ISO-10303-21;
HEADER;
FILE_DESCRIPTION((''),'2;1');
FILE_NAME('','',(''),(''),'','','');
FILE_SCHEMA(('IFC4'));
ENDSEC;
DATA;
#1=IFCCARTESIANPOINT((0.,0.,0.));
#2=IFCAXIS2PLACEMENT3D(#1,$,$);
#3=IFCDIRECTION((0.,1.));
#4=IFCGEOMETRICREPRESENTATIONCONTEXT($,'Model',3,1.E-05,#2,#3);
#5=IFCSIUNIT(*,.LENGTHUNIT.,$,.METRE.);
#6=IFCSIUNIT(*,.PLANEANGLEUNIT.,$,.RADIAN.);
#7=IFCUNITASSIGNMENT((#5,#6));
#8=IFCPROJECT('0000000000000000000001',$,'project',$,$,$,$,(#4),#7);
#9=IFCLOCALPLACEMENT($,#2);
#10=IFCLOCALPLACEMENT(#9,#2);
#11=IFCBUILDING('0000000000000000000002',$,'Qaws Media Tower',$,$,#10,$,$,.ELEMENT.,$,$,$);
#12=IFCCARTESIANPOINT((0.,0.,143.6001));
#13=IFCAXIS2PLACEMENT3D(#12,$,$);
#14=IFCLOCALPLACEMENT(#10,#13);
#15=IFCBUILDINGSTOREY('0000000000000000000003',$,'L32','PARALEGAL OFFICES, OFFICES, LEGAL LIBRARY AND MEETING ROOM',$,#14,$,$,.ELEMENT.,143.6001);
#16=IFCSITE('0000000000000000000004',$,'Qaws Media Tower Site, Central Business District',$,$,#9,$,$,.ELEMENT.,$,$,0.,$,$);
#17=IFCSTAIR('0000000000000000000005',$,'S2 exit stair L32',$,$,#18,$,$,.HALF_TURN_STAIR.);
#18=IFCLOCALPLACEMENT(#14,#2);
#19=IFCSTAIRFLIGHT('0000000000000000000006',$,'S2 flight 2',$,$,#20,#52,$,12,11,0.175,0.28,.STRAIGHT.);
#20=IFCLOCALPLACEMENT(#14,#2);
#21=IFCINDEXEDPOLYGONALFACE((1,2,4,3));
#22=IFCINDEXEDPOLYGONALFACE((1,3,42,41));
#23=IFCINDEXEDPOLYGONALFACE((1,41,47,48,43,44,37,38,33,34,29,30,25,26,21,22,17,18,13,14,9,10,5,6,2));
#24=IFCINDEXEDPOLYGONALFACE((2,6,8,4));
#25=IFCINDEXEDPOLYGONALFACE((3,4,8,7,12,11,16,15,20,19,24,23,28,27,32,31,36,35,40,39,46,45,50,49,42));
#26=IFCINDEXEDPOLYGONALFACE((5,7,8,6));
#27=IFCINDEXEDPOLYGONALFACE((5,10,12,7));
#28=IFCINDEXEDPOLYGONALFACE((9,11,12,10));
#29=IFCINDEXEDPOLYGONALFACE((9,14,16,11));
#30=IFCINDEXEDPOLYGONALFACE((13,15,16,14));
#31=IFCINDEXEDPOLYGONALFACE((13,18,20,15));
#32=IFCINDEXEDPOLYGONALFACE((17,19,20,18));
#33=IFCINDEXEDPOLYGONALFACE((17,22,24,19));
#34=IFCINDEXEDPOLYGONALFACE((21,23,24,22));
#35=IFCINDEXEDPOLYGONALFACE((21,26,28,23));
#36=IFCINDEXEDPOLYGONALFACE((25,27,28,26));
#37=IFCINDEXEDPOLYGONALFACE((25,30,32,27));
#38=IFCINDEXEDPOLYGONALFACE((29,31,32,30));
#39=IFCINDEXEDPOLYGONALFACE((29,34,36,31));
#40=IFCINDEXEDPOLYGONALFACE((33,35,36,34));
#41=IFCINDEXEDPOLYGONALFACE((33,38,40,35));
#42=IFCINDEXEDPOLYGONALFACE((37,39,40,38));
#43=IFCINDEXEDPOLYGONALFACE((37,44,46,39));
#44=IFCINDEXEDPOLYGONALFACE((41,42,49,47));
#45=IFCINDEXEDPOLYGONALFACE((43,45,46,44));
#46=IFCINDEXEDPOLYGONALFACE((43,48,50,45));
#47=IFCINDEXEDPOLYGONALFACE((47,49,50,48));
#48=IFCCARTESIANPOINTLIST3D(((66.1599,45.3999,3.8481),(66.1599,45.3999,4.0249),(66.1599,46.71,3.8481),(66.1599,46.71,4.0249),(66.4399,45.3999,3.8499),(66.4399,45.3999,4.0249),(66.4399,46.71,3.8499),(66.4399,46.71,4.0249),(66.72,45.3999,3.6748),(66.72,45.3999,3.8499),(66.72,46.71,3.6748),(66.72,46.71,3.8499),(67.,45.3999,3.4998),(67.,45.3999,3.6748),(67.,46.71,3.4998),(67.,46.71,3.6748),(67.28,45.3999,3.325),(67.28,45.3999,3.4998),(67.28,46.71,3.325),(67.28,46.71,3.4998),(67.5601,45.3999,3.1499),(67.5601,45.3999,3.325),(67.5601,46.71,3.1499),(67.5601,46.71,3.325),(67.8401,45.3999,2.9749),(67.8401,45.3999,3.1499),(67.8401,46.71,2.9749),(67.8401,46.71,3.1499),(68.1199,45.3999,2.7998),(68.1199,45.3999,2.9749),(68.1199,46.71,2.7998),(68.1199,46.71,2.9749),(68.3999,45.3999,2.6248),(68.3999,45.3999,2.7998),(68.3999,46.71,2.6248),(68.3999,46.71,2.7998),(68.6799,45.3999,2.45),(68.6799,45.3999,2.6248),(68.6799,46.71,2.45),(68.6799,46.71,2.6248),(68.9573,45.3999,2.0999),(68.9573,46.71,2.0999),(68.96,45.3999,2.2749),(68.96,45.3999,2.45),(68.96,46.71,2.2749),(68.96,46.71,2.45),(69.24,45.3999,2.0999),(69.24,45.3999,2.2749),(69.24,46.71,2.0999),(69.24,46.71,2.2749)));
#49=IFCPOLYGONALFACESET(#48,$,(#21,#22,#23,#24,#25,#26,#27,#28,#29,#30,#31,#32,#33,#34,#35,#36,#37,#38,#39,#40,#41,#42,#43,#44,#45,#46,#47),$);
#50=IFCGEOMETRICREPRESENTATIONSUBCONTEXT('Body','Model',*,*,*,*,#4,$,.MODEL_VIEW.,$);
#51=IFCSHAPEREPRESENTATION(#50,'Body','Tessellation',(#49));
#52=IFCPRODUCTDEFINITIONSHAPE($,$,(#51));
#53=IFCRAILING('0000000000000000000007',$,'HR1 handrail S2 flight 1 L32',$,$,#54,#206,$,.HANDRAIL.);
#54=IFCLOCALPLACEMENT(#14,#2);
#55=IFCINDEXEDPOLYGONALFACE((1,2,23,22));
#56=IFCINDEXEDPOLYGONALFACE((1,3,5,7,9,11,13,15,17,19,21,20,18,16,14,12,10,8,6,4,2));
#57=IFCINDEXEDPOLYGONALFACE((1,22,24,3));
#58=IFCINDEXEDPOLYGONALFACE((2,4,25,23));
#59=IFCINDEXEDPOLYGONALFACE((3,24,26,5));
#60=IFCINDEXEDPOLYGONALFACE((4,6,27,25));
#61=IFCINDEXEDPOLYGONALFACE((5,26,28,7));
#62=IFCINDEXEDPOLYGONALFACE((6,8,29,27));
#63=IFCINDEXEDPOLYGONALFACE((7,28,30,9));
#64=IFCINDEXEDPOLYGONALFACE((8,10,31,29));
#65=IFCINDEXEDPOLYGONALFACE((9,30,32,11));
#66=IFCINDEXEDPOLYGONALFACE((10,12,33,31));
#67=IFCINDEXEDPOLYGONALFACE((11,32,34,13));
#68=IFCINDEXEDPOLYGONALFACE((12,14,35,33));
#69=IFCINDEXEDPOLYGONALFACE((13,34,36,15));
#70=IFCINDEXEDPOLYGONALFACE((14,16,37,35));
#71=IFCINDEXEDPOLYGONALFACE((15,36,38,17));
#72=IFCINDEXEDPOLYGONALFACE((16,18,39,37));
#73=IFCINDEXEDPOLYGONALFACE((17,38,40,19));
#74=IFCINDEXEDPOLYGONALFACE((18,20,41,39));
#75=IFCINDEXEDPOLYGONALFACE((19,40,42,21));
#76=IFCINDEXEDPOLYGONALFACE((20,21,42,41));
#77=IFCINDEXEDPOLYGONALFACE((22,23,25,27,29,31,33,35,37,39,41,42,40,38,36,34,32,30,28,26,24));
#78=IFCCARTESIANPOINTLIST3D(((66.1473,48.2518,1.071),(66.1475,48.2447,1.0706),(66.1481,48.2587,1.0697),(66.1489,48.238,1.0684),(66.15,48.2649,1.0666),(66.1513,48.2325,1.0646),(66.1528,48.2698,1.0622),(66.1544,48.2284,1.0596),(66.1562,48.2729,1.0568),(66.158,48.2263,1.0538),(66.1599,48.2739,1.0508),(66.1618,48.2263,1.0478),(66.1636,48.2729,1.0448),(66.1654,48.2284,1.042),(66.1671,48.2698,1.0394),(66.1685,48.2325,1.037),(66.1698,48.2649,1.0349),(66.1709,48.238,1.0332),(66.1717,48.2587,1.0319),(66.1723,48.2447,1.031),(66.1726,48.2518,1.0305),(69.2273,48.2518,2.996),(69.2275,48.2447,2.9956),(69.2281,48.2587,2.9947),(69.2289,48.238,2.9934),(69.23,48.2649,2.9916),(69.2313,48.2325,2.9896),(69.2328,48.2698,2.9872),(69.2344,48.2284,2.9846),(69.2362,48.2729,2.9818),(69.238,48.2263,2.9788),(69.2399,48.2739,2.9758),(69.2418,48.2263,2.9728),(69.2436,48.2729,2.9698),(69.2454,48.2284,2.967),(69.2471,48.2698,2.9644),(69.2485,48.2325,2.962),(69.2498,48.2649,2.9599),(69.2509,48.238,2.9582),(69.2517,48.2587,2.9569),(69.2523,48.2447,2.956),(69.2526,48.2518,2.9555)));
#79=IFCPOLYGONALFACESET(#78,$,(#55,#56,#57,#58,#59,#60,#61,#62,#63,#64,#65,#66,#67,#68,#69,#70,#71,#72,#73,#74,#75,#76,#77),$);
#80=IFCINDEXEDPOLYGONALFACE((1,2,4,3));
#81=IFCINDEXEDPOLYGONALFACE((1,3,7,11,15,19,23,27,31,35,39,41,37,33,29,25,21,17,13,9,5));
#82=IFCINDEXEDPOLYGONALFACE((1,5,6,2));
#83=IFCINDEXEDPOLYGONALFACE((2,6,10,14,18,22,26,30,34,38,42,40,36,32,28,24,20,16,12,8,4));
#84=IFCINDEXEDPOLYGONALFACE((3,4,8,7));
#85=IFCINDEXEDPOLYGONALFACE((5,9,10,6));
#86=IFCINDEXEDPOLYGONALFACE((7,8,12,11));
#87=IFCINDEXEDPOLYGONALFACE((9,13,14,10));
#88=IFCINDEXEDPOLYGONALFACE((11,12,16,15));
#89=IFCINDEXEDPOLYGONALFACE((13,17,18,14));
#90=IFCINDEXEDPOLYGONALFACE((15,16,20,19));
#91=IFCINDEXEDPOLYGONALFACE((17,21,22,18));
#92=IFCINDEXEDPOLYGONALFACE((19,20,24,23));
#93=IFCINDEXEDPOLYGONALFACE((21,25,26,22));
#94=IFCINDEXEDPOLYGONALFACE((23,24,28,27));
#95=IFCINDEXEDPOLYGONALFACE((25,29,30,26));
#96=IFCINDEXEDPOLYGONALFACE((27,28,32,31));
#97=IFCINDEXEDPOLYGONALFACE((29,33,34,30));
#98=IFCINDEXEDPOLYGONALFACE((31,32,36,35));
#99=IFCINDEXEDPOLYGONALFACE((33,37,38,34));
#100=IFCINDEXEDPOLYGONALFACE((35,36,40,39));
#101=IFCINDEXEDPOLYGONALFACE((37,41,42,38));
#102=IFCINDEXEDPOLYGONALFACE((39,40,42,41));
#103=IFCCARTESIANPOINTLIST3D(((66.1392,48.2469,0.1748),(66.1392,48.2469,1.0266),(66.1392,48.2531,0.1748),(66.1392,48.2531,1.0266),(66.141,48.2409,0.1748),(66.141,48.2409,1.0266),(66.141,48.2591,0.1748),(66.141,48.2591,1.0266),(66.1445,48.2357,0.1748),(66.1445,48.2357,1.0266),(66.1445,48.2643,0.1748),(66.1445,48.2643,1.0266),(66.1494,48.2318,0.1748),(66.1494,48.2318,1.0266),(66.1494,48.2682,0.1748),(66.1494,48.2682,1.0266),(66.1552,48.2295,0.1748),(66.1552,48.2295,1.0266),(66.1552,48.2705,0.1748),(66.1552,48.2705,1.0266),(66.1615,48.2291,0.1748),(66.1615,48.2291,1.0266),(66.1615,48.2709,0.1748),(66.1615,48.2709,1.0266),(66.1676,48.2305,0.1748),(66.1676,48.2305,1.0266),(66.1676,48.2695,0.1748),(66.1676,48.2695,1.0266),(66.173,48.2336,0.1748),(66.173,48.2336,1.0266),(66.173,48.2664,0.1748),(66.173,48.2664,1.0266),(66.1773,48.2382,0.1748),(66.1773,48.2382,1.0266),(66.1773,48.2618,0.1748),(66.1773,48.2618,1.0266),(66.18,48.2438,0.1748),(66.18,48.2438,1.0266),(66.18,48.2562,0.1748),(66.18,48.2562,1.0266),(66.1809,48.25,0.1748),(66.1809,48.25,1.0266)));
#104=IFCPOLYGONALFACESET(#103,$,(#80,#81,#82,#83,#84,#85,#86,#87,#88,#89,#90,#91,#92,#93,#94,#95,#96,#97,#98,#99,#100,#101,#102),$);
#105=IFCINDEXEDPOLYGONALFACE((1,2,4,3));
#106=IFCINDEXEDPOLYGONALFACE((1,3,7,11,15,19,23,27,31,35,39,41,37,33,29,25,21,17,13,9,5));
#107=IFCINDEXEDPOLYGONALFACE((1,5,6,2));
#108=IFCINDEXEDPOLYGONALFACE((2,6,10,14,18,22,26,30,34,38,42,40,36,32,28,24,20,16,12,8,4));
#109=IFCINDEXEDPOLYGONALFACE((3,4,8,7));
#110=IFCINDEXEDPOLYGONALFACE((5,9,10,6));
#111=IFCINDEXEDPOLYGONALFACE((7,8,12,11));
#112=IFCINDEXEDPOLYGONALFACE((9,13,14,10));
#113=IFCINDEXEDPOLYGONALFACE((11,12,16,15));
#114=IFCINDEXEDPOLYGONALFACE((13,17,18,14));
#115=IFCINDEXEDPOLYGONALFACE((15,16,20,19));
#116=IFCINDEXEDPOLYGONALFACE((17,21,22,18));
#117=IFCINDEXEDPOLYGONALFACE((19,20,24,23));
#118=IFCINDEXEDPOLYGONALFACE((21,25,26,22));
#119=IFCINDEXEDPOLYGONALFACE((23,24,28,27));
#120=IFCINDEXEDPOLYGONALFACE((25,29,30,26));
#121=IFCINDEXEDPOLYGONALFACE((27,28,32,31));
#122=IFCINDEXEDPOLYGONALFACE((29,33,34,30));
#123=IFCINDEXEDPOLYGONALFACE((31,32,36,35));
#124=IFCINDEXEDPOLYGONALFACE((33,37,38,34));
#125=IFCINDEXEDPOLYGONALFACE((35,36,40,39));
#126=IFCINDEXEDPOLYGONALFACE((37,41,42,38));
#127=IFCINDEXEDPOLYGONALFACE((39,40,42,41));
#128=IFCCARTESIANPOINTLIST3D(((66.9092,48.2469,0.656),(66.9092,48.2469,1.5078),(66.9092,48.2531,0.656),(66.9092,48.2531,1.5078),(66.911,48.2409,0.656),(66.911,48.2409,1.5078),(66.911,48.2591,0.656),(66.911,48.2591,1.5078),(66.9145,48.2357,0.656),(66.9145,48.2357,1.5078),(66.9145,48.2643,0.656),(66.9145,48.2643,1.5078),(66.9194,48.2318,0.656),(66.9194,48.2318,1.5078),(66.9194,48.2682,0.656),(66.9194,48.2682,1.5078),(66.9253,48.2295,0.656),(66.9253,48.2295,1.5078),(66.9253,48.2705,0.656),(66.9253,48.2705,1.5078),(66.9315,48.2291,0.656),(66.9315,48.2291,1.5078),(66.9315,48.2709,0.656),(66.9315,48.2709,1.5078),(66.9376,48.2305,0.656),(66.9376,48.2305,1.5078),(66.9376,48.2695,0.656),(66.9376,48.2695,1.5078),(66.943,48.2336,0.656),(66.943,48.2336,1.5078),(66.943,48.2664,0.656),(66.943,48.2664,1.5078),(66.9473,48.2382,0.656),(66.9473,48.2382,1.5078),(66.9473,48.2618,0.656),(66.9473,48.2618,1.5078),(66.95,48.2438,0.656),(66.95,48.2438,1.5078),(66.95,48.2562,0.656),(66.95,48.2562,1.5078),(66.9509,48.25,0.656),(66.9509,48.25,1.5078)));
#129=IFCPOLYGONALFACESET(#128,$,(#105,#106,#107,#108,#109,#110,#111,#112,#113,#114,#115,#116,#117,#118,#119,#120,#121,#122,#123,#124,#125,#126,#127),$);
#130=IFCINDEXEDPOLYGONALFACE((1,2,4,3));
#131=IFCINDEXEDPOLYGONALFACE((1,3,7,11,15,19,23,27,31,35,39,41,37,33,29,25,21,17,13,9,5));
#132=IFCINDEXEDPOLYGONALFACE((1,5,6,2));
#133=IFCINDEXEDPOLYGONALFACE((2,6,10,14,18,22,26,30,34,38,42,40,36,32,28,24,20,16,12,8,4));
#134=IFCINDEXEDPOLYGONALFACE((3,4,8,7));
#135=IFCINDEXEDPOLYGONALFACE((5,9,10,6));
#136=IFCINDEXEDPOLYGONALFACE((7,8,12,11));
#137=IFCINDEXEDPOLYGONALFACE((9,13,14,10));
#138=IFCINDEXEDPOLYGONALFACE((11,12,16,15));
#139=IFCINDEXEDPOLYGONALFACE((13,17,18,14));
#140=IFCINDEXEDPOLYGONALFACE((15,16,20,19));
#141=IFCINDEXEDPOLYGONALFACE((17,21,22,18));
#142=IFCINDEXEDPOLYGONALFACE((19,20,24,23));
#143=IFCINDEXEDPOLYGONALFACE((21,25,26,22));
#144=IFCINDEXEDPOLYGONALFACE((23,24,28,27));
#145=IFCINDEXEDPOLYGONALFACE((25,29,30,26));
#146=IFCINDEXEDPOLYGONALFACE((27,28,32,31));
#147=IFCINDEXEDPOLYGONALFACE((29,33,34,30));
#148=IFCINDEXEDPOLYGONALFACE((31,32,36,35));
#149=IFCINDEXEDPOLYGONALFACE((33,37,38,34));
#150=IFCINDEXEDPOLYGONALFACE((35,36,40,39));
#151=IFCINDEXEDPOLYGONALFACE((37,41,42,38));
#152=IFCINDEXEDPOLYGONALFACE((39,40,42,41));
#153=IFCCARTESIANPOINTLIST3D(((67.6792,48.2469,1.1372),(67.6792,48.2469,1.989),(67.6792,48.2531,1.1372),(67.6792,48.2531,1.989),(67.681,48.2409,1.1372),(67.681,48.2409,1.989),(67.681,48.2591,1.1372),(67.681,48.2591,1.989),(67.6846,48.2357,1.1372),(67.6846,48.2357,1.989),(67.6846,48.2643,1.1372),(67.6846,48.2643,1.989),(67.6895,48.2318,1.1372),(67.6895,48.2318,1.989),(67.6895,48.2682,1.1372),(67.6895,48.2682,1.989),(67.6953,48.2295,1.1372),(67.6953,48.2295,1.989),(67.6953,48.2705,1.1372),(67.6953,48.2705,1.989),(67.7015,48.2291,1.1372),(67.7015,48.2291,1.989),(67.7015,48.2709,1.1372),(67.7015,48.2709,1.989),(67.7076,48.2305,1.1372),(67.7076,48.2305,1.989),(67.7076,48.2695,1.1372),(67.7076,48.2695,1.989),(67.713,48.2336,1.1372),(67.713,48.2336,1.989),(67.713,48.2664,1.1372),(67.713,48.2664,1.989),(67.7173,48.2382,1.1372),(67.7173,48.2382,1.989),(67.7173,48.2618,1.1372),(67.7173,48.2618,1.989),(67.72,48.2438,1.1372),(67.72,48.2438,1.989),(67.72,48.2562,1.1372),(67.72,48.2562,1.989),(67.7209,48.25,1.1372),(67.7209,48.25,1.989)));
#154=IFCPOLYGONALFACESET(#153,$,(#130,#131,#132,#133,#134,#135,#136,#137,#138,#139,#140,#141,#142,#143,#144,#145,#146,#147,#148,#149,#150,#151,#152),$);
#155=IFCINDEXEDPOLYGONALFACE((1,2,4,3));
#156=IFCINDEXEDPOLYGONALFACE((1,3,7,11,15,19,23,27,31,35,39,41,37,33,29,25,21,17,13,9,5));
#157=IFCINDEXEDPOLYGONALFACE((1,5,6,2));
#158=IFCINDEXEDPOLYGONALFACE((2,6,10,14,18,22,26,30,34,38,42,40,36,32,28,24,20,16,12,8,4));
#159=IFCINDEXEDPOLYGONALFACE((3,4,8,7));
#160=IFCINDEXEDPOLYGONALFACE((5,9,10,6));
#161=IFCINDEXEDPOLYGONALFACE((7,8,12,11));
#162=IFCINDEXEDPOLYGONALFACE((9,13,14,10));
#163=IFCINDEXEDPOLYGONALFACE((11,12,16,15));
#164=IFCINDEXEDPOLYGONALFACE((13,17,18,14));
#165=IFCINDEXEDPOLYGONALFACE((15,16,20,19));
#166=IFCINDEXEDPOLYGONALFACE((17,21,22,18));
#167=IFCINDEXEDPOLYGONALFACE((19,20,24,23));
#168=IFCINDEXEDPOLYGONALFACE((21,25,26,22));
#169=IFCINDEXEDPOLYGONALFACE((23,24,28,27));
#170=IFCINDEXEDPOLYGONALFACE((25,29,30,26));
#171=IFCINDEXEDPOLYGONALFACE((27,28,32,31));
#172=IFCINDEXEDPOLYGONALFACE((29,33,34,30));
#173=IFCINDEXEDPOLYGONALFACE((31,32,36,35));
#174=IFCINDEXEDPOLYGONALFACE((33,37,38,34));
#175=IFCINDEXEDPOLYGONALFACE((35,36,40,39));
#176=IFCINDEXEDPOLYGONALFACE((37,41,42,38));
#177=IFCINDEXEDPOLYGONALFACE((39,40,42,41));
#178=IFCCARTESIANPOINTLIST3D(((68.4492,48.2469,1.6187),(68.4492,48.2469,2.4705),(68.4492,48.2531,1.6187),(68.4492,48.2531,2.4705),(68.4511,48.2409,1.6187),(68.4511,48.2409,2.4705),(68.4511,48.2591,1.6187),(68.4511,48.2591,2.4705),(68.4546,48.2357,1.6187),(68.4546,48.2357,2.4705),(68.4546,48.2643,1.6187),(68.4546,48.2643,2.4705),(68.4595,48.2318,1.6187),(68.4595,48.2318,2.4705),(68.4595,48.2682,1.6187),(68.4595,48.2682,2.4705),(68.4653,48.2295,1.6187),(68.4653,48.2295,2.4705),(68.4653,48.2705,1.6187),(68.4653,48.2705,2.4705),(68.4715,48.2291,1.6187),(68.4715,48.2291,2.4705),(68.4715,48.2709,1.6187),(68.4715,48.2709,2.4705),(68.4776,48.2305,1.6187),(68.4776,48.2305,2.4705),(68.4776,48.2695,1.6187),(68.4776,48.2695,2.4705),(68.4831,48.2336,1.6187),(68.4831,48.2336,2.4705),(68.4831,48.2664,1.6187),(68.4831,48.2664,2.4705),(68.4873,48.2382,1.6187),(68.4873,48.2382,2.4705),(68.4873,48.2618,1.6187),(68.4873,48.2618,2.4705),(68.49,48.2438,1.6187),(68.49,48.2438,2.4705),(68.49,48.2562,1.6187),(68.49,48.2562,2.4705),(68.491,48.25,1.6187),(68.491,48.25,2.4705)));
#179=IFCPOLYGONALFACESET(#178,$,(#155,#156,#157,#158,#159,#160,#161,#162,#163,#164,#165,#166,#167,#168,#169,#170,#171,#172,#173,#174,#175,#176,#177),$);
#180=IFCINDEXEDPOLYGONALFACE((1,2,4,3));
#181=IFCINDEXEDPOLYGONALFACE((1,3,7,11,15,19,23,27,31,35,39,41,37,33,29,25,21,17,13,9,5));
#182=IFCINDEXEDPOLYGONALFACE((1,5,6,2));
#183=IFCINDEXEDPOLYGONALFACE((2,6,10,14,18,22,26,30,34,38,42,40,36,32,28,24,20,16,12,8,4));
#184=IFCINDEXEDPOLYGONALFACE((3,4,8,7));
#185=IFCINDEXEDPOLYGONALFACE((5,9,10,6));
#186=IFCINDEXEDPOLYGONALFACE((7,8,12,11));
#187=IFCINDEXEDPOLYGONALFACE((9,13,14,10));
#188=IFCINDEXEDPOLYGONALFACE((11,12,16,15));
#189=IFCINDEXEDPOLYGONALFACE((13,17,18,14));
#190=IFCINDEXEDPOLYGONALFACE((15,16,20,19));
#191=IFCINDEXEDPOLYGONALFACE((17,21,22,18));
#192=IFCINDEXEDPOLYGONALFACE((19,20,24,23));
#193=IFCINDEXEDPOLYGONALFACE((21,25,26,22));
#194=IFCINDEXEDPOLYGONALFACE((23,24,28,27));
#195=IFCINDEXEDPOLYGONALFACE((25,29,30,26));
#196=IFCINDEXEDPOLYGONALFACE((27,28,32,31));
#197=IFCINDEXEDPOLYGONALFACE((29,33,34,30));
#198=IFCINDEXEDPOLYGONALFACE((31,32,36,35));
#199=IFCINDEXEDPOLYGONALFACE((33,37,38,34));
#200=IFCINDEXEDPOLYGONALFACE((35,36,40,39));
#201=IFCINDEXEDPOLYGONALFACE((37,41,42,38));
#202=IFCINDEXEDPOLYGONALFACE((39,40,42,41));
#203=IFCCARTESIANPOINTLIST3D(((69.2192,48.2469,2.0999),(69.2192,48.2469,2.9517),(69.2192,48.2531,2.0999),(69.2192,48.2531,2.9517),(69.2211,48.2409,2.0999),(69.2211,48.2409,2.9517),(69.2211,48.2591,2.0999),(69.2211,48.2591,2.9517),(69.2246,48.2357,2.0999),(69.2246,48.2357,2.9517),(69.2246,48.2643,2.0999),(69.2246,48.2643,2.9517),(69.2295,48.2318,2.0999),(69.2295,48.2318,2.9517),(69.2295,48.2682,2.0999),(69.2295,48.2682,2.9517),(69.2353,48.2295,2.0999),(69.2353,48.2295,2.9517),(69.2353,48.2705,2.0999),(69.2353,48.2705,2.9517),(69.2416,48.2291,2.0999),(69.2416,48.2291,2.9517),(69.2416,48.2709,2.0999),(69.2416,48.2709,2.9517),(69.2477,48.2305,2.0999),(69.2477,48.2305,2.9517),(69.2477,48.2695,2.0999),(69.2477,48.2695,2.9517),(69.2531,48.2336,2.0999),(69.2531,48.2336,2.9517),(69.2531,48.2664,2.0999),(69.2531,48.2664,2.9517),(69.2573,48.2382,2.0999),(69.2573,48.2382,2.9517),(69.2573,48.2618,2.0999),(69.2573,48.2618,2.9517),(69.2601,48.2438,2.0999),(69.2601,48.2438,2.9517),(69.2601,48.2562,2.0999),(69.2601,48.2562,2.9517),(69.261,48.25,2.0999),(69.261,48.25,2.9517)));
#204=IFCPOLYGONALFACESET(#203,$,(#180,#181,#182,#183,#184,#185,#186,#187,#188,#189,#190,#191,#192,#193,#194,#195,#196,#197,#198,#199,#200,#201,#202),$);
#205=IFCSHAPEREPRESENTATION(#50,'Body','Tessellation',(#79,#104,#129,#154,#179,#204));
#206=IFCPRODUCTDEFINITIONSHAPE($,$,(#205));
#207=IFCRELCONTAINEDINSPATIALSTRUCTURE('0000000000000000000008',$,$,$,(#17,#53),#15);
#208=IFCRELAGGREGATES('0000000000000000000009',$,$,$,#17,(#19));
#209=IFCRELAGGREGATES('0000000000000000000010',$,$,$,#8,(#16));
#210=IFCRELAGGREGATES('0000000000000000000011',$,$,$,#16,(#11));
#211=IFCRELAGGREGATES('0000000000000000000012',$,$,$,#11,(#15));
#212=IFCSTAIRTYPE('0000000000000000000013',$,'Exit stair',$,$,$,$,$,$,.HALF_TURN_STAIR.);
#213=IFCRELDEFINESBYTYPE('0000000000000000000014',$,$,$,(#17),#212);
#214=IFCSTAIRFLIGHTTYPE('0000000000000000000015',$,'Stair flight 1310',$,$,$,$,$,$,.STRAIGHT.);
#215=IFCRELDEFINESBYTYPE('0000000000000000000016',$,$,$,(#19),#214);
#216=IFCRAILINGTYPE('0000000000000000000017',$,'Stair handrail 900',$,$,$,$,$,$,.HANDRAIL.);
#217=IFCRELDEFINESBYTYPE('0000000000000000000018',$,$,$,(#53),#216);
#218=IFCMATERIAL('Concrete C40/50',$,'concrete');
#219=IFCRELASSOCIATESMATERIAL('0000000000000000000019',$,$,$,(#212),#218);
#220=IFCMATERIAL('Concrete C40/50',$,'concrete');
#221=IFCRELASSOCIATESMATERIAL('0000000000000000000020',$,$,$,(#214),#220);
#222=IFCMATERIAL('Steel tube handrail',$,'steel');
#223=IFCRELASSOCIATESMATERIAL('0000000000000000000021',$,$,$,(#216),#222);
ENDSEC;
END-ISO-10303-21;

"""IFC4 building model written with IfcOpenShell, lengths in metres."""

from ifc_helpers import new_model, si_unit, direction, frame, origin, origin_2d, place, context, subcontext, project, spatial, polyline, circle, outline, extrude, material, type_object, element, aggregate, save


model = new_model("IFC4")

# Units and contexts
model_context = context("Model", 3, precision=1e-05, world=origin(), true_north=direction((0.0, 1.0)))
body_context = subcontext(model_context, "Body", "Model", "MODEL_VIEW")
ifc_project = project(units=[si_unit("LENGTHUNIT", "METRE"), si_unit("PLANEANGLEUNIT", "RADIAN")], contexts=[model_context])

# Site, building, storey
site_placement = place(None, origin())
site = spatial("IfcSite", under=ifc_project, at=site_placement, Name="Qaws Media Tower Site, Central Business District", CompositionType="ELEMENT", RefElevation=0.0)
building_placement = place(site_placement, origin())
building = spatial("IfcBuilding", under=site, at=building_placement, Name="Qaws Media Tower", CompositionType="ELEMENT")
storey_placement = place(building_placement, frame((0.0, 0.0, 143.6001)))
storey = spatial("IfcBuildingStorey", under=building, at=storey_placement, Name="L32", Description="PARALEGAL OFFICES, OFFICES, LEGAL LIBRARY AND MEETING ROOM", CompositionType="ELEMENT", Elevation=143.6001)

# Stair, stair flight
ifc_material_1 = material(Name="Concrete C40/50", Category="concrete")
stair_type = type_object("IfcStairType", Name="Exit stair", PredefinedType="HALF_TURN_STAIR", material=ifc_material_1)
stair_placement = place(storey_placement, origin())
stair = element("IfcStair", 1, at=stair_placement, inside=storey, type_object=stair_type, Name="S2 exit stair L32", PredefinedType="HALF_TURN_STAIR")
ifc_material_2 = material(Name="Concrete C40/50", Category="concrete")
stair_flight_type = type_object("IfcStairFlightType", Name="Stair flight 1310", PredefinedType="STRAIGHT", material=ifc_material_2)
stair_flight_1_placement = place(storey_placement, frame((69.24, 46.0549, 2.0999), z_axis=(0.0, 0.0, 1.0), x_axis=(-1.0, 0.0, 0.0)))
stair_flight_1 = element("IfcStairFlight", 2, at=stair_flight_1_placement, type_object=stair_flight_type, Name="S2 flight 2", NumberOfRisers=12, NumberOfTreads=11, PredefinedType="STRAIGHT", RiserHeight=0.175, TreadLength=0.28, context=body_context, shape_type="SweptSolid", body=[
    extrude(outline(polyline([(0.0, 0.0), (0.0, 0.175), (0.28, 0.175), (0.28, 0.3501), (0.5601, 0.3501), (0.5601, 0.5249), (0.8401, 0.5249), (0.8401, 0.7), (1.1201, 0.7), (1.1201, 0.875), (1.3999, 0.875), (1.3999, 1.05), (1.6799, 1.05), (1.6799, 1.2251), (1.96, 1.2251), (1.96, 1.3999), (2.24, 1.3999), (2.24, 1.575), (2.52, 1.575), (2.52, 1.75), (2.8, 1.75), (2.8, 1.925), (3.0801, 1.925), (3.0801, 2.1001), (3.0801, 1.7483), (0.2827, 0.0), (0.0, 0.0)])), frame((0.0, 0.655, 0.0), z_axis=(0.0, -1.0, 0.0), x_axis=(1.0, 0.0, 0.0)), (0.0, 0.0, 1.0), 1.3101),
])
aggregate(stair, [stair_flight_1])

# Railing
ifc_material_3 = material(Name="Steel tube handrail", Category="steel")
railing_type = type_object("IfcRailingType", Name="Stair handrail 900", PredefinedType="HANDRAIL", material=ifc_material_3)
for number, where, name in (
    (3, (66.1599, 48.25, 0.1748), "HR1 handrail S2 flight 1 L32"),
):
    element("IfcRailing", number, at=place(storey_placement, frame(where)), inside=storey, type_object=railing_type, Name=name, PredefinedType="HANDRAIL", context=body_context, shape_type="SweptSolid", body=[
        extrude(circle(Radius=0.0239, at=origin_2d()), frame((0.0, 0.0, 0.876), z_axis=(0.847998, 0.0, 0.529999), x_axis=(0.0, 1.0, 0.0)), (0.0, 0.0, 1.0), 3.6321),
        extrude(circle(Radius=0.021, at=origin_2d()), origin(), (0.0, 0.0, 1.0), 0.8518),
        extrude(circle(Radius=0.021, at=origin_2d()), frame((0.77, 0.0, 0.4812)), (0.0, 0.0, 1.0), 0.8518),
        extrude(circle(Radius=0.021, at=origin_2d()), frame((1.54, 0.0, 0.9624)), (0.0, 0.0, 1.0), 0.8518),
        extrude(circle(Radius=0.021, at=origin_2d()), frame((2.3101, 0.0, 1.4438)), (0.0, 0.0, 1.0), 0.8518),
        extrude(circle(Radius=0.021, at=origin_2d()), frame((3.0801, 0.0, 1.925)), (0.0, 0.0, 1.0), 0.8518),
    ])

save(model, "model.ifc")
